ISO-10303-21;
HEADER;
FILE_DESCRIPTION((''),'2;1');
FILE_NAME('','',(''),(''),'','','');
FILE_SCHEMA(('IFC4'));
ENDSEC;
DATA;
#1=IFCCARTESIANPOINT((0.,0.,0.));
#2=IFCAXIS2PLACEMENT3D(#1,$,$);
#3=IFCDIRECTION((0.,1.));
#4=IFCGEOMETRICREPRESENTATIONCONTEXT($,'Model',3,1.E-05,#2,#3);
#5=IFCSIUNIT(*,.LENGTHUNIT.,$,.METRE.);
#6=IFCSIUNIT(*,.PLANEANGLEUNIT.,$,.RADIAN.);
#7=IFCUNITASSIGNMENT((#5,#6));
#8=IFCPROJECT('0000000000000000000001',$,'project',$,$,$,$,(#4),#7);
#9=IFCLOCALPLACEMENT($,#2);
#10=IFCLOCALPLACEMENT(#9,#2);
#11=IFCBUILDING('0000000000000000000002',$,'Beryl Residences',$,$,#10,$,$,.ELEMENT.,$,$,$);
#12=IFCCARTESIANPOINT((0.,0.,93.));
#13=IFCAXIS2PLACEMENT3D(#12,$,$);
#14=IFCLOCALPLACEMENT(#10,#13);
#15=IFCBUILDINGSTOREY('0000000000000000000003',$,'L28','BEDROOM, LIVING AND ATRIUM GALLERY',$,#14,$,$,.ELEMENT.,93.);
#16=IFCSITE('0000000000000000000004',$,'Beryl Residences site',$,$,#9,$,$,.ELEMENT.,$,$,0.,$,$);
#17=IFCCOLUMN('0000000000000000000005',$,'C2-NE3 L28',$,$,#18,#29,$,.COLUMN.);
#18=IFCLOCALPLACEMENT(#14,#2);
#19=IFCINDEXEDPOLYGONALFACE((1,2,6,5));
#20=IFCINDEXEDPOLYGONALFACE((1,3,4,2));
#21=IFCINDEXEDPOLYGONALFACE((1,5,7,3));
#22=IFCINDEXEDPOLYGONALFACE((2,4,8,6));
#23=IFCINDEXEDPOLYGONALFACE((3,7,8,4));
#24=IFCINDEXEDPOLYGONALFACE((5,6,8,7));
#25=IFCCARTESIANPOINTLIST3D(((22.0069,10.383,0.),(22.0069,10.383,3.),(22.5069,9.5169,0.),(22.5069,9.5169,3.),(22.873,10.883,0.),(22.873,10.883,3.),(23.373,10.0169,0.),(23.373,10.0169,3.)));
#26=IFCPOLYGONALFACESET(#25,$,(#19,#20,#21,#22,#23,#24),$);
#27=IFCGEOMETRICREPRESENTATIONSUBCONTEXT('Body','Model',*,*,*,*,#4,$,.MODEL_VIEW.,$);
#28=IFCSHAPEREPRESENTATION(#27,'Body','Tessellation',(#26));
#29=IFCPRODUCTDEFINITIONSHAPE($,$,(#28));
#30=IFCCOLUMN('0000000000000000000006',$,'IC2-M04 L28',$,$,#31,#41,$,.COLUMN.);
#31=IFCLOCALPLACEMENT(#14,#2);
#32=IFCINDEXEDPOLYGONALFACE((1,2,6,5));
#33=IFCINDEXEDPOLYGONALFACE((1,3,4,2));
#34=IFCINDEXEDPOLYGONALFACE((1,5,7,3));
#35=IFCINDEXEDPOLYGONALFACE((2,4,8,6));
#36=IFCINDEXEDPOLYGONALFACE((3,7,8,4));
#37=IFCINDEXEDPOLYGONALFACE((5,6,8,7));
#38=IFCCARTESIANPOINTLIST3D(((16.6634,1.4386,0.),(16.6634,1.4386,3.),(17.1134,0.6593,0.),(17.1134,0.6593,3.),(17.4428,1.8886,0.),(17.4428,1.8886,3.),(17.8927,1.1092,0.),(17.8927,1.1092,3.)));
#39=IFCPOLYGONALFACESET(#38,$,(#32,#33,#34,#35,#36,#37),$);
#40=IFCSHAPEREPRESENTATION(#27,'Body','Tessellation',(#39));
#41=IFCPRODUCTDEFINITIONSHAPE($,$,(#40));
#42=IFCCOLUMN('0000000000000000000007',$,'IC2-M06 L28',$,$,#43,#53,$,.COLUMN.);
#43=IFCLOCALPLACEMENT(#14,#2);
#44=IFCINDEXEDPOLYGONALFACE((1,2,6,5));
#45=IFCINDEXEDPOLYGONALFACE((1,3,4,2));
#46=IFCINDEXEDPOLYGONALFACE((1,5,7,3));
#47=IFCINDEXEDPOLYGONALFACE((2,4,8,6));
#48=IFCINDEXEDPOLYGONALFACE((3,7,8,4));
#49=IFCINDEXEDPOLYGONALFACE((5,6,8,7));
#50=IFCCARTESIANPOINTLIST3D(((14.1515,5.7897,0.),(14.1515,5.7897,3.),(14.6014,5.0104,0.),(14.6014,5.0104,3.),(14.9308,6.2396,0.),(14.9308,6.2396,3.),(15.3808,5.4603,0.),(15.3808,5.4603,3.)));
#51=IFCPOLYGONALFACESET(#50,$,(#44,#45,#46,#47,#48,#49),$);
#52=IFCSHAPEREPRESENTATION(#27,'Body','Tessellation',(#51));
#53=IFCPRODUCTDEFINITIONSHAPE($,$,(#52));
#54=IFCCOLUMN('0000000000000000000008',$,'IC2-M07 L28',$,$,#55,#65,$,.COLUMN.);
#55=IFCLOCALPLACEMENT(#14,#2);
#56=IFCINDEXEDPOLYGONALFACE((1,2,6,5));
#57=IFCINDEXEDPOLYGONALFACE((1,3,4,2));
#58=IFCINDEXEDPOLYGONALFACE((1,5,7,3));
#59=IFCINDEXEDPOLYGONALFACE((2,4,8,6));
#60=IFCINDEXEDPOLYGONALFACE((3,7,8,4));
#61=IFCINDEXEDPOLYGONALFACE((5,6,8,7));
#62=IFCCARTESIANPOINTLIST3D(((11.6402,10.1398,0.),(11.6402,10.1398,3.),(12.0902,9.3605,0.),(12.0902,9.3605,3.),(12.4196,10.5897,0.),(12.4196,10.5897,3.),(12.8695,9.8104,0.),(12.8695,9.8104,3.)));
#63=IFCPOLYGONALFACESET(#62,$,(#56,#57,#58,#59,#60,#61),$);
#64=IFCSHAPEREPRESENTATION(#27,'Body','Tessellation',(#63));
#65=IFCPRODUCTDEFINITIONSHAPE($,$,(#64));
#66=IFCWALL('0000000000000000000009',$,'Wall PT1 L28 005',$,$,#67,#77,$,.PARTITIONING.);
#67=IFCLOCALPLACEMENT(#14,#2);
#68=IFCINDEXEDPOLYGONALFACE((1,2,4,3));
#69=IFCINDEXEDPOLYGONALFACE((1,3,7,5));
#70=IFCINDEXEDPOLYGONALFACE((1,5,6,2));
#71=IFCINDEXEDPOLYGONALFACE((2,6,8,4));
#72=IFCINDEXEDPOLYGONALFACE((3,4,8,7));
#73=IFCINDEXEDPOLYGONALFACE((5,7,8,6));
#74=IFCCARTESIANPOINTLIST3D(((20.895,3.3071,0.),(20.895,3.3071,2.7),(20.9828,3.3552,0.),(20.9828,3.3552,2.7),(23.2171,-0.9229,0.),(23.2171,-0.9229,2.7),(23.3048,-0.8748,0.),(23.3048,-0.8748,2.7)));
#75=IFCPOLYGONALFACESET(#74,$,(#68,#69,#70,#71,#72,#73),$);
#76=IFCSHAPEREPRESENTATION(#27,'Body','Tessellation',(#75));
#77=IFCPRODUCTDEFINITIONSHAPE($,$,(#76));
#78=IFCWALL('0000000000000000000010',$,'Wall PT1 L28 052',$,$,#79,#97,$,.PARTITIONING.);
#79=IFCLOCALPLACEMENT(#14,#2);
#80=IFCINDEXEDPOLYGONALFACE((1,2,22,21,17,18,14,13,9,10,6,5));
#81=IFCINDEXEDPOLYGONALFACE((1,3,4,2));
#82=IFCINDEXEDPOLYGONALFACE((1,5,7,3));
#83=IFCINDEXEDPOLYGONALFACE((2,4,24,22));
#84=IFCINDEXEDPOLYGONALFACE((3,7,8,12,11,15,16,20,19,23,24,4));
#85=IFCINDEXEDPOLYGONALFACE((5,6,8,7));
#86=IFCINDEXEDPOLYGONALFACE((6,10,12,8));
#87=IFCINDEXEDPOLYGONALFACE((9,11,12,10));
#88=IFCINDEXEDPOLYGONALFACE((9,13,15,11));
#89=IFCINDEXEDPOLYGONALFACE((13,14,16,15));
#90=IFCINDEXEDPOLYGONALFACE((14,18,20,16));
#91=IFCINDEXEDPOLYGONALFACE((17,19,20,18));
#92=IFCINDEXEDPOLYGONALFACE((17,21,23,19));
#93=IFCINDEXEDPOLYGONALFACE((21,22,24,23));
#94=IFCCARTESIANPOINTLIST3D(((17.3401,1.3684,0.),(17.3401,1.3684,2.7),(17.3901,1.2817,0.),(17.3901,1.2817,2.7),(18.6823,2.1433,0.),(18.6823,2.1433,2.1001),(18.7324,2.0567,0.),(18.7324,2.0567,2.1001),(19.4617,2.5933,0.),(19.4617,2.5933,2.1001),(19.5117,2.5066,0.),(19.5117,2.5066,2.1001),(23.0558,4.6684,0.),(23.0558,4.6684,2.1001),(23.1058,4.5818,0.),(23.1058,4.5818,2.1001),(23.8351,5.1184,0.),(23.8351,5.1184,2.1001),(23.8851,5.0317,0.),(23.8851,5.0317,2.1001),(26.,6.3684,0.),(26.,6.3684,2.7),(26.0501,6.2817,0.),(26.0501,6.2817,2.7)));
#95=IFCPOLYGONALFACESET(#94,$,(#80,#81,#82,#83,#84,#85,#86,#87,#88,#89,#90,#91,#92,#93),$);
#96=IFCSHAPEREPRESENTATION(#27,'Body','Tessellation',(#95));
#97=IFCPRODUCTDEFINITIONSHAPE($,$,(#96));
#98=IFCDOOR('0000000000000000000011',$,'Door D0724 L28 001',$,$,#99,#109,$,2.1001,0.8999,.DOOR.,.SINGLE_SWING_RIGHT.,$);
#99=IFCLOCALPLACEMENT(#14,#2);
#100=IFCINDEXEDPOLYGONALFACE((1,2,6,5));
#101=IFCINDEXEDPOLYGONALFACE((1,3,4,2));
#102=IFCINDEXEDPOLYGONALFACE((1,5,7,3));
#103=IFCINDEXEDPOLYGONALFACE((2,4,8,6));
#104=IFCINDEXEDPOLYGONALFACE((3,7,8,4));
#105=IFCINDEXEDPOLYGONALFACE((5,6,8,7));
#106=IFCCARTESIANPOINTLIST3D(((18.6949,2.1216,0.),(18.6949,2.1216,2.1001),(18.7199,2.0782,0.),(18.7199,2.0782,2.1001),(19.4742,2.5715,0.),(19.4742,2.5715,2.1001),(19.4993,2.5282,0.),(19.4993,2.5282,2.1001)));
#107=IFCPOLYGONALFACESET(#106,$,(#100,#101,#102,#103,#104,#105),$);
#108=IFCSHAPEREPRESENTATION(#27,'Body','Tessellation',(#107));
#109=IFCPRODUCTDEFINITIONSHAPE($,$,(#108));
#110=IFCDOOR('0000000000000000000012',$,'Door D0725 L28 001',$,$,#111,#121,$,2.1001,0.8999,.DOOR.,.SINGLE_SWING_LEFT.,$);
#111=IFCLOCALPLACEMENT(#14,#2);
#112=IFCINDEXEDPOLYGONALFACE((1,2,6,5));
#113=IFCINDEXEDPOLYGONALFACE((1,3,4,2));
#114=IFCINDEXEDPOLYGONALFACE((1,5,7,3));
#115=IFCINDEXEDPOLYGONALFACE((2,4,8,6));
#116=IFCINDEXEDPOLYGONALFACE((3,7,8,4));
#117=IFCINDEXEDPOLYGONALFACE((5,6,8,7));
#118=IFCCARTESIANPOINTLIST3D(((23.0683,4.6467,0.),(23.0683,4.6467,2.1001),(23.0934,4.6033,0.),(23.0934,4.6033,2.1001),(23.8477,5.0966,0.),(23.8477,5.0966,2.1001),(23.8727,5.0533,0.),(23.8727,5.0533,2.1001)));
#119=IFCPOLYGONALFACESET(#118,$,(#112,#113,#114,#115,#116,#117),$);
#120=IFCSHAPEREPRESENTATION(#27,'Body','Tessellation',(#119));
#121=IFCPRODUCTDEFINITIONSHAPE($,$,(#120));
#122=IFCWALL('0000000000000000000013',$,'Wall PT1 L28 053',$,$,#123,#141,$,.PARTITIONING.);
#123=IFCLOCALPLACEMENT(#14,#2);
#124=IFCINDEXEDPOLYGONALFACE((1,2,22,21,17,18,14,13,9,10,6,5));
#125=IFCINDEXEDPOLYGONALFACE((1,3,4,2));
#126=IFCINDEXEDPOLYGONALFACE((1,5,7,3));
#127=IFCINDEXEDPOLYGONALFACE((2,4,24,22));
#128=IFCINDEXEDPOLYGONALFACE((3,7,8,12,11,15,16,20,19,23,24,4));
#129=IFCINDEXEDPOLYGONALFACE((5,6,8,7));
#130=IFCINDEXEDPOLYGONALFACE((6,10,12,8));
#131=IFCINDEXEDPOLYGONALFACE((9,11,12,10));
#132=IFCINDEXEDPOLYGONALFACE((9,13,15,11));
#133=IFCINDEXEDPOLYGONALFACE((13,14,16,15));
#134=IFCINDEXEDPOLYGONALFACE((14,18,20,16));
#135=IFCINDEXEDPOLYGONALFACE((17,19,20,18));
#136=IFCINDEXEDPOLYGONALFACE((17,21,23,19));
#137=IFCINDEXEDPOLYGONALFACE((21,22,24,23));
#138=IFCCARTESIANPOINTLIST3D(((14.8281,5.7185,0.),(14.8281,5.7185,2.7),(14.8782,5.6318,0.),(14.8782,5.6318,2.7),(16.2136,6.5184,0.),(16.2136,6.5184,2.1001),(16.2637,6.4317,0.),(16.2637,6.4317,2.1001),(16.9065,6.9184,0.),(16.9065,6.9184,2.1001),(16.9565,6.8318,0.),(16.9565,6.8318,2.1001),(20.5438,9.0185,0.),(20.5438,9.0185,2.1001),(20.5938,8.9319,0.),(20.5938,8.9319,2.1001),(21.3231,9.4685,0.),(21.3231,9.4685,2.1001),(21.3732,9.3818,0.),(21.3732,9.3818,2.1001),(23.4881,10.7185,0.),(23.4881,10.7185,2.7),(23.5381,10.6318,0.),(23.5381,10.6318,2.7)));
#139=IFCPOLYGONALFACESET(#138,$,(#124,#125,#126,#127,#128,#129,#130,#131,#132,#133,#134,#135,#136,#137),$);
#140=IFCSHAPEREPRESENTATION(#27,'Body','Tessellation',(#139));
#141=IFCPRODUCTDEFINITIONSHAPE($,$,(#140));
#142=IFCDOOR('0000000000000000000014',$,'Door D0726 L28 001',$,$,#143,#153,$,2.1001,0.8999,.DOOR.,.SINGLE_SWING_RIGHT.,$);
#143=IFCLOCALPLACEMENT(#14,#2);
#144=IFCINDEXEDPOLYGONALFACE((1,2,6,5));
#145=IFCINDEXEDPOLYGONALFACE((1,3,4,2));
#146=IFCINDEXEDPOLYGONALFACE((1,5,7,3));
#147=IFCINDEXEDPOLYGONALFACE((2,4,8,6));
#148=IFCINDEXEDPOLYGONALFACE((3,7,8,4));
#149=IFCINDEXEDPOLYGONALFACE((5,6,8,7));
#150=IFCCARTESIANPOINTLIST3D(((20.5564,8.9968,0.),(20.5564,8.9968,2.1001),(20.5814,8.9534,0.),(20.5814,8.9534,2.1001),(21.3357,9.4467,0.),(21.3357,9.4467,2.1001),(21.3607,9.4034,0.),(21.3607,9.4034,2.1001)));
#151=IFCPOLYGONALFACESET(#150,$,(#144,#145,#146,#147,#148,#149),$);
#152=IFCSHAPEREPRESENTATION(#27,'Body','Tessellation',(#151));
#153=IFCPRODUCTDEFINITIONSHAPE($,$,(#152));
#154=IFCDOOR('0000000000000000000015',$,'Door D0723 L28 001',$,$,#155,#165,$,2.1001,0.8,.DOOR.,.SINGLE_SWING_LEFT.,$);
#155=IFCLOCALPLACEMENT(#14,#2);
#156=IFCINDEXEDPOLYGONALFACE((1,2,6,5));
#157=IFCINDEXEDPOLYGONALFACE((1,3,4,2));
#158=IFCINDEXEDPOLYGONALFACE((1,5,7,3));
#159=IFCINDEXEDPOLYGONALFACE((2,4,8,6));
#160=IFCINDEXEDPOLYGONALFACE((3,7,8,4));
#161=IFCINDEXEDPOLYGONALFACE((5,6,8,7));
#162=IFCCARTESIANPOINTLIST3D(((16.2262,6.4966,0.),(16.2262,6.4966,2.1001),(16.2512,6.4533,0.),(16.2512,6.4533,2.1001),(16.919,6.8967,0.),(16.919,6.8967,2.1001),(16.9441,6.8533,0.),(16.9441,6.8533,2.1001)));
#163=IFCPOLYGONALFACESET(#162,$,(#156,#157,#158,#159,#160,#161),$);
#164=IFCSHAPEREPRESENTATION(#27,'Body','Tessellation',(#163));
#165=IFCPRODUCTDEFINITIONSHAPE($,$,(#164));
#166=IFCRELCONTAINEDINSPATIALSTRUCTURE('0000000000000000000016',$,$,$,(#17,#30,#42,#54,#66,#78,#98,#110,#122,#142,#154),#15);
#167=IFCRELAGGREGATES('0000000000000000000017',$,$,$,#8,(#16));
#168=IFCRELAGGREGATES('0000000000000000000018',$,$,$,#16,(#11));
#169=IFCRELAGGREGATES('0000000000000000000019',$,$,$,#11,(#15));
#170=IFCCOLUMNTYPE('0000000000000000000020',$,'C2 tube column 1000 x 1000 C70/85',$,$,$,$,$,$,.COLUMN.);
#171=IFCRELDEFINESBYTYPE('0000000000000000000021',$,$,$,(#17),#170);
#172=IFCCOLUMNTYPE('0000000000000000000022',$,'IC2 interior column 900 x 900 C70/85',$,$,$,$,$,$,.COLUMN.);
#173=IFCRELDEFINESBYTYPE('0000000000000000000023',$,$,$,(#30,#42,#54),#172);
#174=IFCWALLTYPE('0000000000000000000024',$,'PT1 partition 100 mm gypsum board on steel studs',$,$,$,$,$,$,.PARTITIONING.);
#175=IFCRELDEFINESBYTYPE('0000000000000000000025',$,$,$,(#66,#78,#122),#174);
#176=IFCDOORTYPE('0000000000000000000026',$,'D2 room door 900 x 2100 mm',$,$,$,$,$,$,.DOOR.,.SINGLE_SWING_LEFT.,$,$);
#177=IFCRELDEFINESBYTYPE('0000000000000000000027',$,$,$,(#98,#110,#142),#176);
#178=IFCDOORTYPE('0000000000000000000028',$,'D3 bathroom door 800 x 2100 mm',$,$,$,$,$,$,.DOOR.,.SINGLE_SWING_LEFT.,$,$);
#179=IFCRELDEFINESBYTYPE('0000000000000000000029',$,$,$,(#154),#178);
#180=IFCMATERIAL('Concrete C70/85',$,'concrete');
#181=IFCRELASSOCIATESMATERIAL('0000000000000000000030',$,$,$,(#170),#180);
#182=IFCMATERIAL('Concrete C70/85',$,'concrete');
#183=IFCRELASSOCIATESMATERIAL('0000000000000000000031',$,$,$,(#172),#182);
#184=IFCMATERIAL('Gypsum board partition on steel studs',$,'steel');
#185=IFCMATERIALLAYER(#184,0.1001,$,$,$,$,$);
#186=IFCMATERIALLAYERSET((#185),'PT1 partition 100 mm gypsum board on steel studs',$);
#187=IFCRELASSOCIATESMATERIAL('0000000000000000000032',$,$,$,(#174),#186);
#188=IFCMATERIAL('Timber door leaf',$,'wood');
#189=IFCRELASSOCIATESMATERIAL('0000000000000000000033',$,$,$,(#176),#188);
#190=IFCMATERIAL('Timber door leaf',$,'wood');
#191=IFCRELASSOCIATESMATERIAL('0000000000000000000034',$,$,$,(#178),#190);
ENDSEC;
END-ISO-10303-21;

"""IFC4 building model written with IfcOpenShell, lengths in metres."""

from ifc_helpers import new_model, si_unit, direction, frame, frame_2d, origin, origin_2d, place, context, subcontext, project, spatial, rectangle, extrude, material, layer, layer_set, material_profile, profile_set, type_object, element, fill, save


model = new_model("IFC4")

# Units and contexts
model_context = context("Model", 3, precision=1e-05, world=origin(), true_north=direction((0.0, 1.0)))
body_context = subcontext(model_context, "Body", "Model", "MODEL_VIEW")
ifc_project = project(units=[si_unit("LENGTHUNIT", "METRE"), si_unit("PLANEANGLEUNIT", "RADIAN")], contexts=[model_context])

# Site, building, storey
site_placement = place(None, origin())
site = spatial("IfcSite", under=ifc_project, at=site_placement, Name="Beryl Residences site", CompositionType="ELEMENT", RefElevation=0.0)
building_placement = place(site_placement, origin())
building = spatial("IfcBuilding", under=site, at=building_placement, Name="Beryl Residences", CompositionType="ELEMENT")
storey_placement = place(building_placement, frame((0.0, 0.0, 93.0)))
storey = spatial("IfcBuildingStorey", under=building, at=storey_placement, Name="L28", Description="BEDROOM, LIVING AND ATRIUM GALLERY", CompositionType="ELEMENT", Elevation=93.0)

# Columns
ifc_material_1 = material(Name="Concrete C70/85", Category="concrete")
ifc_material_profile_1 = material_profile(ifc_material_1, rectangle(XDim=1.0, YDim=1.0, at=origin_2d()))
ifc_profile_set_1 = profile_set([ifc_material_profile_1], Name="Concrete C70/85")
column_type_1 = type_object("IfcColumnType", Name="C2 tube column 1000 x 1000 C70/85", PredefinedType="COLUMN", material=ifc_profile_set_1)
column_placement = place(storey_placement, frame((22.6899, 10.2, 0.0), z_axis=(0.0, 0.0, 1.0), x_axis=(-0.5, 0.866025, 0.0)))
element("IfcColumn", 1, at=column_placement, inside=storey, type_object=column_type_1, Name="C2-NE3 L28", PredefinedType="COLUMN", context=body_context, shape_type="SweptSolid", body=[
    extrude(rectangle(XDim=1.0, YDim=1.0, at=origin_2d()), origin(), (0.0, 0.0, 1.0), 3.0),
])
ifc_material_2 = material(Name="Concrete C70/85", Category="concrete")
ifc_material_profile_2 = material_profile(ifc_material_2, rectangle(XDim=0.8999, YDim=0.8999, at=origin_2d()))
ifc_profile_set_2 = profile_set([ifc_material_profile_2], Name="Concrete C70/85")
column_type_2 = type_object("IfcColumnType", Name="IC2 interior column 900 x 900 C70/85", PredefinedType="COLUMN", material=ifc_profile_set_2)
for number, where, z_axis, x_axis, name in (
    (2, (17.2781, 1.2739, 0.0), (0.0, 0.0, 1.0), (-0.5, 0.866025, 0.0), "IC2-M04 L28"),
    (3, (14.7661, 5.625, 0.0), (0.0, 0.0, 1.0), (-0.5, 0.866025, 0.0), "IC2-M06 L28"),
    (4, (12.2549, 9.9751, 0.0), (0.0, 0.0, 1.0), (-0.5, 0.866025, 0.0), "IC2-M07 L28"),
):
    element("IfcColumn", number, at=place(storey_placement, frame(where, z_axis=z_axis, x_axis=x_axis)), inside=storey, type_object=column_type_2, Name=name, PredefinedType="COLUMN", context=body_context, shape_type="SweptSolid", body=[
        extrude(rectangle(XDim=0.8999, YDim=0.8999, at=origin_2d()), origin(), (0.0, 0.0, 1.0), 3.0),
    ])

# Wall
ifc_material_3 = material(Name="Gypsum board partition on steel studs", Category="steel")
ifc_layer_1 = layer(ifc_material_3, 0.1001)
ifc_layer_set_1 = layer_set([ifc_layer_1], Name="PT1 partition 100 mm gypsum board on steel studs")
wall_type_1 = type_object("IfcWallType", Name="PT1 partition 100 mm gypsum board on steel studs", PredefinedType="PARTITIONING", material=ifc_layer_set_1)
wall_1_placement = place(storey_placement, frame((20.939, 3.3311, 0.0), z_axis=(0.0, 0.0, 1.0), x_axis=(0.481208, -0.876607, 0.0)))
element("IfcWall", 5, at=wall_1_placement, inside=storey, type_object=wall_type_1, Name="Wall PT1 L28 005", PredefinedType="PARTITIONING", context=body_context, shape_type="SweptSolid", body=[
    extrude(rectangle(XDim=4.8254, YDim=0.1001, at=frame_2d((2.4126, 0.0))), origin(), (0.0, 0.0, 1.0), 2.7),
])

# Walls, openings, doors
wall_2_placement = place(storey_placement, frame((17.365, 1.325, 0.0), z_axis=(0.0, 0.0, 1.0), x_axis=(0.866017, 0.500015, 0.0)))
wall_2 = element("IfcWall", 6, at=wall_2_placement, inside=storey, type_object=wall_type_1, Name="Wall PT1 L28 052", PredefinedType="PARTITIONING", context=body_context, shape_type="SweptSolid", body=[
    extrude(rectangle(XDim=9.9998, YDim=0.1001, at=frame_2d((5.0, 0.0))), origin(), (0.0, 0.0, 1.0), 2.7),
])
opening_1_placement = place(wall_2_placement, frame((1.55, 0.0, 0.0)))
opening_1 = element("IfcOpeningElement", 7, at=opening_1_placement, cuts=wall_2, PredefinedType="OPENING", context=body_context, shape_type="SweptSolid", body=[
    extrude(rectangle(XDim=0.8999, YDim=2.1001, at=frame_2d((0.45, 1.05))), frame((0.0, 0.0601, 0.0), z_axis=(0.0, -1.0, 0.0), x_axis=(1.0, 0.0, 0.0)), (0.0, 0.0, 1.0), 0.1201),
])
opening_2_placement = place(wall_2_placement, frame((6.6001, 0.0, 0.0)))
opening_2 = element("IfcOpeningElement", 8, at=opening_2_placement, cuts=wall_2, PredefinedType="OPENING", context=body_context, shape_type="SweptSolid", body=[
    extrude(rectangle(XDim=0.8999, YDim=2.1001, at=frame_2d((0.45, 1.05))), frame((0.0, 0.0601, 0.0), z_axis=(0.0, -1.0, 0.0), x_axis=(1.0, 0.0, 0.0)), (0.0, 0.0, 1.0), 0.1201),
])
ifc_material_4 = material(Name="Timber door leaf", Category="wood")
door_type_1 = type_object("IfcDoorType", Name="D2 room door 900 x 2100 mm", OperationType="SINGLE_SWING_LEFT", PredefinedType="DOOR", material=ifc_material_4)
door_1_placement = place(opening_1_placement, origin())
door_1 = element("IfcDoor", 9, at=door_1_placement, inside=storey, type_object=door_type_1, Name="Door D0724 L28 001", OperationType="SINGLE_SWING_RIGHT", OverallHeight=2.1001, OverallWidth=0.8999, PredefinedType="DOOR", context=body_context, shape_type="SweptSolid", body=[
    extrude(rectangle(XDim=0.8999, YDim=2.1001, at=frame_2d((0.45, 1.05))), frame((0.0, 0.0249, 0.0), z_axis=(0.0, -1.0, 0.0), x_axis=(1.0, 0.0, 0.0)), (0.0, 0.0, 1.0), 0.05),
])
fill(opening_1, door_1)
door_2_placement = place(opening_2_placement, origin())
door_2 = element("IfcDoor", 10, at=door_2_placement, inside=storey, type_object=door_type_1, Name="Door D0725 L28 001", OperationType="SINGLE_SWING_LEFT", OverallHeight=2.1001, OverallWidth=0.8999, PredefinedType="DOOR", context=body_context, shape_type="SweptSolid", body=[
    extrude(rectangle(XDim=0.8999, YDim=2.1001, at=frame_2d((0.45, 1.05))), frame((0.0, 0.0249, 0.0), z_axis=(0.0, -1.0, 0.0), x_axis=(1.0, 0.0, 0.0)), (0.0, 0.0, 1.0), 0.05),
])
fill(opening_2, door_2)
wall_3_placement = place(storey_placement, frame((14.853, 5.675, 0.0), z_axis=(0.0, 0.0, 1.0), x_axis=(0.866017, 0.500015, 0.0)))
wall_3 = element("IfcWall", 11, at=wall_3_placement, inside=storey, type_object=wall_type_1, Name="Wall PT1 L28 053", PredefinedType="PARTITIONING", context=body_context, shape_type="SweptSolid", body=[
    extrude(rectangle(XDim=9.9998, YDim=0.1001, at=frame_2d((5.0, 0.0))), origin(), (0.0, 0.0, 1.0), 2.7),
])
opening_3_placement = place(wall_3_placement, frame((1.6001, 0.0, 0.0)))
opening_3 = element("IfcOpeningElement", 12, at=opening_3_placement, cuts=wall_3, PredefinedType="OPENING", context=body_context, shape_type="SweptSolid", body=[
    extrude(rectangle(XDim=0.8, YDim=2.1001, at=frame_2d((0.3999, 1.05))), frame((0.0, 0.0601, 0.0), z_axis=(0.0, -1.0, 0.0), x_axis=(1.0, 0.0, 0.0)), (0.0, 0.0, 1.0), 0.1201),
])
opening_4_placement = place(wall_3_placement, frame((6.6001, 0.0, 0.0)))
opening_4 = element("IfcOpeningElement", 13, at=opening_4_placement, cuts=wall_3, PredefinedType="OPENING", context=body_context, shape_type="SweptSolid", body=[
    extrude(rectangle(XDim=0.8999, YDim=2.1001, at=frame_2d((0.45, 1.05))), frame((0.0, 0.0601, 0.0), z_axis=(0.0, -1.0, 0.0), x_axis=(1.0, 0.0, 0.0)), (0.0, 0.0, 1.0), 0.1201),
])
door_3_placement = place(opening_4_placement, origin())
door_3 = element("IfcDoor", 14, at=door_3_placement, inside=storey, type_object=door_type_1, Name="Door D0726 L28 001", OperationType="SINGLE_SWING_RIGHT", OverallHeight=2.1001, OverallWidth=0.8999, PredefinedType="DOOR", context=body_context, shape_type="SweptSolid", body=[
    extrude(rectangle(XDim=0.8999, YDim=2.1001, at=frame_2d((0.45, 1.05))), frame((0.0, 0.0249, 0.0), z_axis=(0.0, -1.0, 0.0), x_axis=(1.0, 0.0, 0.0)), (0.0, 0.0, 1.0), 0.05),
])
fill(opening_4, door_3)
ifc_material_5 = material(Name="Timber door leaf", Category="wood")
door_type_2 = type_object("IfcDoorType", Name="D3 bathroom door 800 x 2100 mm", OperationType="SINGLE_SWING_LEFT", PredefinedType="DOOR", material=ifc_material_5)
door_4_placement = place(opening_3_placement, origin())
door_4 = element("IfcDoor", 15, at=door_4_placement, inside=storey, type_object=door_type_2, Name="Door D0723 L28 001", OperationType="SINGLE_SWING_LEFT", OverallHeight=2.1001, OverallWidth=0.8, PredefinedType="DOOR", context=body_context, shape_type="SweptSolid", body=[
    extrude(rectangle(XDim=0.8, YDim=2.1001, at=frame_2d((0.3999, 1.05))), frame((0.0, 0.0249, 0.0), z_axis=(0.0, -1.0, 0.0), x_axis=(1.0, 0.0, 0.0)), (0.0, 0.0, 1.0), 0.05),
])
fill(opening_3, door_4)

save(model, "model.ifc")
